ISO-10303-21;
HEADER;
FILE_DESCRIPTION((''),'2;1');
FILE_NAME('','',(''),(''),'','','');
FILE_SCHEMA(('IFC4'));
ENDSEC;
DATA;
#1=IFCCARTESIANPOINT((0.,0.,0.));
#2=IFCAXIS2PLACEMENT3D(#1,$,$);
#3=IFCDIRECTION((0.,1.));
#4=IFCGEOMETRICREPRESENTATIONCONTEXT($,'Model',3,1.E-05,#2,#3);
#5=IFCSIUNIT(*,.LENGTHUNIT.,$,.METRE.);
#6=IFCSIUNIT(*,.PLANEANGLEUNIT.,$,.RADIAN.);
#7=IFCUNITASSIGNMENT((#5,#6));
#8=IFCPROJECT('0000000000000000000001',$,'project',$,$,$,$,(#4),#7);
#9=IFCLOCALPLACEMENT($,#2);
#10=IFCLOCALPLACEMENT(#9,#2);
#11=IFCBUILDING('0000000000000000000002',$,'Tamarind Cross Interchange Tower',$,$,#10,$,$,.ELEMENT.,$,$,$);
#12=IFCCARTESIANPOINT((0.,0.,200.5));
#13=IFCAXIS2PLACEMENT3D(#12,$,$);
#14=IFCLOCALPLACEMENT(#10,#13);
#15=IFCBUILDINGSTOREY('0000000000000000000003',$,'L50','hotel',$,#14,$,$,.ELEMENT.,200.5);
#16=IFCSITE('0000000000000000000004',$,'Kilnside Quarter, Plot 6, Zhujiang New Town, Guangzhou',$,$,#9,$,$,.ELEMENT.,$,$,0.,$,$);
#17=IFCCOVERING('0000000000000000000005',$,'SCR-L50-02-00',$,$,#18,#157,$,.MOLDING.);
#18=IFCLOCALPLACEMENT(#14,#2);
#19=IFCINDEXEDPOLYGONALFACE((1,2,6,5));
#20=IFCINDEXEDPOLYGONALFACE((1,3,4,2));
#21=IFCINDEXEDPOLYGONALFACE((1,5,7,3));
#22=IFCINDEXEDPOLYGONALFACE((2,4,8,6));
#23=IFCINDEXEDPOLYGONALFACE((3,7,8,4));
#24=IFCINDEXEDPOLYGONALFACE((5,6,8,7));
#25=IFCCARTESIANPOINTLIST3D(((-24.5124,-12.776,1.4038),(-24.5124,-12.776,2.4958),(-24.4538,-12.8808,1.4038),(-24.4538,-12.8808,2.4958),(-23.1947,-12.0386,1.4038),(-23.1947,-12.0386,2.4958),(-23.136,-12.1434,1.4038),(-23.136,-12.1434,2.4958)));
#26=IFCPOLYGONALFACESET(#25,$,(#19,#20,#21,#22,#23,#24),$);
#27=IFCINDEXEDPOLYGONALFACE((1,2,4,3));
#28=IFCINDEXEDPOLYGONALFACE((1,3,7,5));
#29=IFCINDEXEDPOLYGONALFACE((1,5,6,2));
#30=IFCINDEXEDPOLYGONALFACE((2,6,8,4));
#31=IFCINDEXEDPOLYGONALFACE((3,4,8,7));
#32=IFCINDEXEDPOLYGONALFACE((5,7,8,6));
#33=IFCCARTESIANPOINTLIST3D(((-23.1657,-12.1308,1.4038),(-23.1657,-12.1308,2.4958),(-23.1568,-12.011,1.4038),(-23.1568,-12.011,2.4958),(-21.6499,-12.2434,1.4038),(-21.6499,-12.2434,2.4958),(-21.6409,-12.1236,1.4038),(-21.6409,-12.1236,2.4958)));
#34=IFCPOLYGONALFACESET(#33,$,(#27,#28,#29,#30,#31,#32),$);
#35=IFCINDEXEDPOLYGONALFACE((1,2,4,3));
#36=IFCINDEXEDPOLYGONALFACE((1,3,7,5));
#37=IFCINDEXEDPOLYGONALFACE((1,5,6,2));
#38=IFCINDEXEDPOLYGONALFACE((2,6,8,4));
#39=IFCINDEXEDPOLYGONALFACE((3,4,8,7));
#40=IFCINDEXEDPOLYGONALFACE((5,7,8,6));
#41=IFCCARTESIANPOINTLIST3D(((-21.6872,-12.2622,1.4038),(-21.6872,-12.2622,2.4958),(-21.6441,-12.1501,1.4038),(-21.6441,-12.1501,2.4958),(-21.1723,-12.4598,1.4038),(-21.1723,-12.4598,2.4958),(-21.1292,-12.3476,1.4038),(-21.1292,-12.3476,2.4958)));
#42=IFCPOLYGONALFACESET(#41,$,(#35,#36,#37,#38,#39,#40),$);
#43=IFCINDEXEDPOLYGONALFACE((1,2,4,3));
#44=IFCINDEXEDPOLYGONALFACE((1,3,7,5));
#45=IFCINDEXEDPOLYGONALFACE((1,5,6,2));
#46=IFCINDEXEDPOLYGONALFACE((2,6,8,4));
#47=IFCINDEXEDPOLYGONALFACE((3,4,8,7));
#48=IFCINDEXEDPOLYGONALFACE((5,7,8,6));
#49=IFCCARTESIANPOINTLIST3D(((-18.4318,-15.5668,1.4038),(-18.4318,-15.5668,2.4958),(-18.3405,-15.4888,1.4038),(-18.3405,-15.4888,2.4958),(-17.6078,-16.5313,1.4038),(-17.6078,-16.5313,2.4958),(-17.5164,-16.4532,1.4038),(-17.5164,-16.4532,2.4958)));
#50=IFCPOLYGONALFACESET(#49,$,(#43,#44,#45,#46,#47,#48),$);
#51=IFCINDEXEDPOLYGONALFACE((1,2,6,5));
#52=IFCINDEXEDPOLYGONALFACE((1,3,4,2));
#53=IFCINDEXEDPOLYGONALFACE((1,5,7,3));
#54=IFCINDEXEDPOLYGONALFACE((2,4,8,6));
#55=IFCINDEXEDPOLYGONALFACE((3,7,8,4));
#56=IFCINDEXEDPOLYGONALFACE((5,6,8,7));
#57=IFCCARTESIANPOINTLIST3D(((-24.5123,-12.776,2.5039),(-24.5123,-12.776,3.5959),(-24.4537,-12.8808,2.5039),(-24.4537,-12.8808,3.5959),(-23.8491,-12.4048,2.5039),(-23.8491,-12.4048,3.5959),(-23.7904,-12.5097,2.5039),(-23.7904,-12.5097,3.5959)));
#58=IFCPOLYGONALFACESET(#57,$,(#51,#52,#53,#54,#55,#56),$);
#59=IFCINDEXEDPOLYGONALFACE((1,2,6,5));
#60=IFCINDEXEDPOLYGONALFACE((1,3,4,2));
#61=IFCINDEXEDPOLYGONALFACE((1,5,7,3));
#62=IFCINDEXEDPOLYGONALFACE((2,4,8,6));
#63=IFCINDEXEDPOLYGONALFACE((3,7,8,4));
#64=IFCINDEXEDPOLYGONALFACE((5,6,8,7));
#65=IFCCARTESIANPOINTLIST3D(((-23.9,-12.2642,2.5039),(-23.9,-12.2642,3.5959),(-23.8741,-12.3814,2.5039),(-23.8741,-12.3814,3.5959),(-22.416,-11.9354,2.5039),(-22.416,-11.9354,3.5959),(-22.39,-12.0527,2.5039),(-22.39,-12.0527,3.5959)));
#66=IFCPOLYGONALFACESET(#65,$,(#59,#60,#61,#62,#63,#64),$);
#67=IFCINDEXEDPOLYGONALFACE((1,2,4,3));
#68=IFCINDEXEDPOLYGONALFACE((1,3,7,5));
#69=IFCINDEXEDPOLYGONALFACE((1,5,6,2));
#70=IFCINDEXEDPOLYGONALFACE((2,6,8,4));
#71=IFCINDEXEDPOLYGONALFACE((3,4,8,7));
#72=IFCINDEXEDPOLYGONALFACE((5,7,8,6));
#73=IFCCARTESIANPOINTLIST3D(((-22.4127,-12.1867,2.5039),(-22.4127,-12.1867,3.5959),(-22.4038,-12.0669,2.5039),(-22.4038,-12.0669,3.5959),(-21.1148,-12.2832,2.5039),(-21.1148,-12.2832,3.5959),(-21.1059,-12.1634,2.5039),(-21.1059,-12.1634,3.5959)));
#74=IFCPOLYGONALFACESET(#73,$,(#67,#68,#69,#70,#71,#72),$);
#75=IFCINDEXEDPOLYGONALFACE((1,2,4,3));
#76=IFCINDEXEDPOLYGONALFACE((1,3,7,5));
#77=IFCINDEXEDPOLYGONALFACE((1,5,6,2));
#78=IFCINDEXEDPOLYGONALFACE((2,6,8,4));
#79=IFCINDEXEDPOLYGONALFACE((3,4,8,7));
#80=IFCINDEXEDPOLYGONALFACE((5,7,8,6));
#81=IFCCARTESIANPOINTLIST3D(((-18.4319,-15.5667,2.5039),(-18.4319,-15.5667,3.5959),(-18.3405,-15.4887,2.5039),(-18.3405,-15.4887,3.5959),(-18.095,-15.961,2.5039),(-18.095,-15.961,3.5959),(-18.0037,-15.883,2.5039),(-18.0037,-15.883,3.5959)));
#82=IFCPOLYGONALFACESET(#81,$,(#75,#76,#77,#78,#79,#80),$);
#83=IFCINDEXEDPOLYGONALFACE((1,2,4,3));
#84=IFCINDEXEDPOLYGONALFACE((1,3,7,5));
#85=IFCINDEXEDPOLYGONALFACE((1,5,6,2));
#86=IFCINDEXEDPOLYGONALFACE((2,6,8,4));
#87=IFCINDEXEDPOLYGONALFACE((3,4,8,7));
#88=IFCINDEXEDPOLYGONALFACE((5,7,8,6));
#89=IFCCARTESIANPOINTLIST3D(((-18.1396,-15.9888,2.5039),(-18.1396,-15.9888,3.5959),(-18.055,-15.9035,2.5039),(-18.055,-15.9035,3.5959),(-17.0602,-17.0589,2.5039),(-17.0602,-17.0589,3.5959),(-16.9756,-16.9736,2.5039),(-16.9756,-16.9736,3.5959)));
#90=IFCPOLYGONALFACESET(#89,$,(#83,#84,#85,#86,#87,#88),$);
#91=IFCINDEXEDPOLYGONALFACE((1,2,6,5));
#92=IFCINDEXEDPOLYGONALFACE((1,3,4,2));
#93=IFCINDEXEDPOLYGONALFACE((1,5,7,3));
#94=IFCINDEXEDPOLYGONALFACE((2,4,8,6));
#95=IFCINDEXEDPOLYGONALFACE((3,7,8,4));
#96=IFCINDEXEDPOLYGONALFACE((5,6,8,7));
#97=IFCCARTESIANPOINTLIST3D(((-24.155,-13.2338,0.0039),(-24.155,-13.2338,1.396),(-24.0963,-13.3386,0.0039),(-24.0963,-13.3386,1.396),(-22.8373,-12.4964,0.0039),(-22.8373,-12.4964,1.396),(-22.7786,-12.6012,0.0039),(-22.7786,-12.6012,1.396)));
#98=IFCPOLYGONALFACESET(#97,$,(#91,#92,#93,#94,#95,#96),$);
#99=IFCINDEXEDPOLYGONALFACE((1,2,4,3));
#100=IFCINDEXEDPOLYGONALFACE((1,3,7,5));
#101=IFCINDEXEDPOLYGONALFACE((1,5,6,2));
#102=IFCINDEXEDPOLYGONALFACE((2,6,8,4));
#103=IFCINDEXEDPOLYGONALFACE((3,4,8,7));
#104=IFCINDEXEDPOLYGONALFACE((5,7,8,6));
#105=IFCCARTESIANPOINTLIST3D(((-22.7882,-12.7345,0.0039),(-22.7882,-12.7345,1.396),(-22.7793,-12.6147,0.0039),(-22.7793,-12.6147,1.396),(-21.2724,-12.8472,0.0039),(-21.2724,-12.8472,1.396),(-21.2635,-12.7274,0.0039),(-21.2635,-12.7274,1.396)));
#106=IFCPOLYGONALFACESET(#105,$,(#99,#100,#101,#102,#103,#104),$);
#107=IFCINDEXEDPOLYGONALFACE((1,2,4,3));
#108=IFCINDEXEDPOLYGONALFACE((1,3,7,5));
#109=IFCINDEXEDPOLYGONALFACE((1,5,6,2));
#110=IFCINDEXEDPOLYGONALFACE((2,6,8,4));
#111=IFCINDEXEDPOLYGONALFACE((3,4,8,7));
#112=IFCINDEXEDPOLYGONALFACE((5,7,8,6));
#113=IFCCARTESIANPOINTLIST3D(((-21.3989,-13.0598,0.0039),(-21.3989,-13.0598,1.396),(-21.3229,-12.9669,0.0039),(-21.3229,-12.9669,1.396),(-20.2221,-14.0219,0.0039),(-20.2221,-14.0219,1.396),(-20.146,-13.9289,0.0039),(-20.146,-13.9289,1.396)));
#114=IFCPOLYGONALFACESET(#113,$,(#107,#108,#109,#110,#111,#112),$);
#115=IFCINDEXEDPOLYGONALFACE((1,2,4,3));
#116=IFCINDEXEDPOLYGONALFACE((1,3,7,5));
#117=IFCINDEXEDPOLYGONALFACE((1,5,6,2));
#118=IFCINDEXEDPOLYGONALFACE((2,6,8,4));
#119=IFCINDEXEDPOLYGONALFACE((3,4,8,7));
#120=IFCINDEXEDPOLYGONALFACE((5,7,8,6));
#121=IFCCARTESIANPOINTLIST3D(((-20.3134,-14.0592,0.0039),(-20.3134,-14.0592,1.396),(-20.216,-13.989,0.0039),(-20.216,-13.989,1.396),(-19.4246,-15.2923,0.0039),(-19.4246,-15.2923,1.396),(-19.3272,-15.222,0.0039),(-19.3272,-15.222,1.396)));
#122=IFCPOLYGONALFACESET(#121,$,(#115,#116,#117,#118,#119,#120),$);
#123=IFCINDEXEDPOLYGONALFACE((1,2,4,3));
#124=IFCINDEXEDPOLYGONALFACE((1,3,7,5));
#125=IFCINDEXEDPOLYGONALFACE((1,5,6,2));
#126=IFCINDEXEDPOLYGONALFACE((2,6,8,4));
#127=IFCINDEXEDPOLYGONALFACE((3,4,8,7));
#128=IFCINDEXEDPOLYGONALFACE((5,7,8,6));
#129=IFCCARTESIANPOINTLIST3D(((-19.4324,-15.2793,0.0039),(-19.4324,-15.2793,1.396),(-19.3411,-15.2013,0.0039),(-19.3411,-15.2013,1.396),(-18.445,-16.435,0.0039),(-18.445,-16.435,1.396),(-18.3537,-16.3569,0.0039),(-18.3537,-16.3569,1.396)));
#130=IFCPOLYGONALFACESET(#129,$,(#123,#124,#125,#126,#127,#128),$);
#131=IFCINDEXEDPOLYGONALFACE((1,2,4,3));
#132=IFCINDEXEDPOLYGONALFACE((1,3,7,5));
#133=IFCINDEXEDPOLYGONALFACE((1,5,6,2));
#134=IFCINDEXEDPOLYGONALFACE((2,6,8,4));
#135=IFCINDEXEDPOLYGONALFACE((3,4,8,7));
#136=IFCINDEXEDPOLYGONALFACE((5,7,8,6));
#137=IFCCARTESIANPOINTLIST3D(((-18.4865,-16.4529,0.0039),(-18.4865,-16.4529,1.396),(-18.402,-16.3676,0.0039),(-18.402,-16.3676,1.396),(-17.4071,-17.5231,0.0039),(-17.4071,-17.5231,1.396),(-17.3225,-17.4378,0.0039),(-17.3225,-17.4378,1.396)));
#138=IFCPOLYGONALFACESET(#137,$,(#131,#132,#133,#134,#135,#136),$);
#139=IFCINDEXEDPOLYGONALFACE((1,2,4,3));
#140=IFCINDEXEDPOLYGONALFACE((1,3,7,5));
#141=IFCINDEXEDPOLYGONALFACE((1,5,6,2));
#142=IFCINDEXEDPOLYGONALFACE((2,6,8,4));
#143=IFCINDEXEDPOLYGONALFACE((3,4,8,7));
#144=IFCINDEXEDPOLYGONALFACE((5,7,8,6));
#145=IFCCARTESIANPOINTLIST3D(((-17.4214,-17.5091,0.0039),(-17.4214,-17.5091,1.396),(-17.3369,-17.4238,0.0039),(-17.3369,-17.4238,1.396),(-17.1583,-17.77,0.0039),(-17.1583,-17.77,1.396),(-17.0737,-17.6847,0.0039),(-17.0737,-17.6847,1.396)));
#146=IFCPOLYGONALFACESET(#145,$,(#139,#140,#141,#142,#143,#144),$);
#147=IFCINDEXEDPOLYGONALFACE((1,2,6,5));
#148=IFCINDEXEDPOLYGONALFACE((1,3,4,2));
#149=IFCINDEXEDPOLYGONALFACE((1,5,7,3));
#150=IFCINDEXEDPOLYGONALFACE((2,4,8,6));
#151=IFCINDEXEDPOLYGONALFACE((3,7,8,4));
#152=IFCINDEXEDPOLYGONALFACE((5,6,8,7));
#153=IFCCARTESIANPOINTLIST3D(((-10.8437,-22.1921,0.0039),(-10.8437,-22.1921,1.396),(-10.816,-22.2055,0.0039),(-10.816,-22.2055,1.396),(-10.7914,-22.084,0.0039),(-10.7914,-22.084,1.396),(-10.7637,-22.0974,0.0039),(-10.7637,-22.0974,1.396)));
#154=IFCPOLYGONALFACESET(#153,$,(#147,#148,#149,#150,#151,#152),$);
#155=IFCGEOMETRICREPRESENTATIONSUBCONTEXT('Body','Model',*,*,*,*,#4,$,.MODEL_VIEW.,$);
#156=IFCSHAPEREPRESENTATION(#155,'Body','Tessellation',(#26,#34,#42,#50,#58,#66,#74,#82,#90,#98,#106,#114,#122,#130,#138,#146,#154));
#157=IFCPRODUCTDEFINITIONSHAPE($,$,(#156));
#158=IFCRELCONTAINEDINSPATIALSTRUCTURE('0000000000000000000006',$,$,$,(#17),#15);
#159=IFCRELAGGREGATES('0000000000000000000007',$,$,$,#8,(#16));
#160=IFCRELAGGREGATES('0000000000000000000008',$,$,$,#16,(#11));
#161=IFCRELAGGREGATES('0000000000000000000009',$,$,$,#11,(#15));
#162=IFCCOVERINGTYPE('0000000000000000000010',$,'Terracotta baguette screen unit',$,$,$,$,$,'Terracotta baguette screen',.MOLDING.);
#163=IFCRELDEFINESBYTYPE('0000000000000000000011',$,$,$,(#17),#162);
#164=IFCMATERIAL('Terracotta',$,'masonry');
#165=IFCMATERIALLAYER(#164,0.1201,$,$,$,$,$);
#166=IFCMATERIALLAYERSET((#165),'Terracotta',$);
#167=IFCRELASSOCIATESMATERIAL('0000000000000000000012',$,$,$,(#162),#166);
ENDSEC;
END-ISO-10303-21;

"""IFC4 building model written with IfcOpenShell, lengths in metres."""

from ifc_helpers import new_model, si_unit, direction, frame, origin, origin_2d, place, context, subcontext, project, spatial, rectangle, extrude, material, layer, layer_set, type_object, element, save


model = new_model("IFC4")

# Units and contexts
model_context = context("Model", 3, precision=1e-05, world=origin(), true_north=direction((0.0, 1.0)))
body_context = subcontext(model_context, "Body", "Model", "MODEL_VIEW")
ifc_project = project(units=[si_unit("LENGTHUNIT", "METRE"), si_unit("PLANEANGLEUNIT", "RADIAN")], contexts=[model_context])

# Site, building, storey
site_placement = place(None, origin())
site = spatial("IfcSite", under=ifc_project, at=site_placement, Name="Kilnside Quarter, Plot 6, Zhujiang New Town, Guangzhou", CompositionType="ELEMENT", RefElevation=0.0)
building_placement = place(site_placement, origin())
building = spatial("IfcBuilding", under=site, at=building_placement, Name="Tamarind Cross Interchange Tower", CompositionType="ELEMENT")
storey_placement = place(building_placement, frame((0.0, 0.0, 200.5)))
storey = spatial("IfcBuildingStorey", under=building, at=storey_placement, Name="L50", Description="hotel", CompositionType="ELEMENT", Elevation=200.5)

# Covering
ifc_material_1 = material(Name="Terracotta", Category="masonry")
ifc_layer_1 = layer(ifc_material_1, 0.1201)
ifc_layer_set_1 = layer_set([ifc_layer_1], Name="Terracotta")
covering_type = type_object("IfcCoveringType", Name="Terracotta baguette screen unit", ElementType="Terracotta baguette screen", PredefinedType="MOLDING", material=ifc_layer_set_1)
covering_1_placement = place(storey_placement, origin())
element("IfcCovering", 1, at=covering_1_placement, inside=storey, type_object=covering_type, Name="SCR-L50-02-00", PredefinedType="MOLDING", context=body_context, shape_type="SweptSolid", body=[
    extrude(rectangle(XDim=1.51, YDim=0.1201, at=origin_2d()), frame((-23.8242, -12.4597, 1.4038), z_axis=(0.0, 0.0, 1.0), x_axis=(0.872663, 0.488323, 0.0)), (0.0, 0.0, 1.0), 1.092),
    extrude(rectangle(XDim=1.52, YDim=0.1201, at=origin_2d()), frame((-22.4033, -12.1272, 1.4038), z_axis=(0.0, 0.0, 1.0), x_axis=(0.997249, -0.07413, 0.0)), (0.0, 0.0, 1.0), 1.092),
    extrude(rectangle(XDim=0.5515, YDim=0.1201, at=origin_2d()), frame((-21.4082, -12.3049, 1.4038), z_axis=(0.0, 0.0, 1.0), x_axis=(0.93363, -0.358239, 0.0)), (0.0, 0.0, 1.0), 1.092),
    extrude(rectangle(XDim=1.2686, YDim=0.1201, at=origin_2d()), frame((-17.9741, -16.01, 1.4038), z_axis=(0.0, 0.0, 1.0), x_axis=(0.649577, -0.760296, 0.0)), (0.0, 0.0, 1.0), 1.092),
    extrude(rectangle(XDim=0.76, YDim=0.1201, at=origin_2d()), frame((-24.1514, -12.6428, 2.5039), z_axis=(0.0, 0.0, 1.0), x_axis=(0.872663, 0.488323, 0.0)), (0.0, 0.0, 1.0), 1.092),
    extrude(rectangle(XDim=1.52, YDim=0.1201, at=origin_2d()), frame((-23.145, -12.1584, 2.5039), z_axis=(0.0, 0.0, 1.0), x_axis=(0.976335, 0.216262, 0.0)), (0.0, 0.0, 1.0), 1.092),
    extrude(rectangle(XDim=1.3015, YDim=0.1201, at=origin_2d()), frame((-21.7593, -12.175, 2.5039), z_axis=(0.0, 0.0, 1.0), x_axis=(0.997249, -0.07413, 0.0)), (0.0, 0.0, 1.0), 1.092),
    extrude(rectangle(XDim=0.5186, YDim=0.1201, at=origin_2d()), frame((-18.2178, -15.7249, 2.5039), z_axis=(0.0, 0.0, 1.0), x_axis=(0.649577, -0.760296, 0.0)), (0.0, 0.0, 1.0), 1.092),
    extrude(rectangle(XDim=1.52, YDim=0.1201, at=origin_2d()), frame((-17.5576, -16.4812, 2.5039), z_axis=(0.0, 0.0, 1.0), x_axis=(0.710143, -0.704057, 0.0)), (0.0, 0.0, 1.0), 1.092),
    extrude(rectangle(XDim=1.51, YDim=0.1201, at=origin_2d()), frame((-23.4668, -12.9175, 0.0039), z_axis=(0.0, 0.0, 1.0), x_axis=(0.872663, 0.488323, 0.0)), (0.0, 0.0, 1.0), 1.3921),
    extrude(rectangle(XDim=1.52, YDim=0.1201, at=origin_2d()), frame((-22.0259, -12.731, 0.0039), z_axis=(0.0, 0.0, 1.0), x_axis=(0.997249, -0.07413, 0.0)), (0.0, 0.0, 1.0), 1.3921),
    extrude(rectangle(XDim=1.52, YDim=0.1201, at=origin_2d()), frame((-20.7725, -13.4944, 0.0039), z_axis=(0.0, 0.0, 1.0), x_axis=(0.774206, -0.632934, 0.0)), (0.0, 0.0, 1.0), 1.3921),
    extrude(rectangle(XDim=1.52, YDim=0.1201, at=origin_2d()), frame((-19.8203, -14.6406, 0.0039), z_axis=(0.0, 0.0, 1.0), x_axis=(0.584745, -0.811217, 0.0)), (0.0, 0.0, 1.0), 1.3921),
    extrude(rectangle(XDim=1.52, YDim=0.1201, at=origin_2d()), frame((-18.8931, -15.8181, 0.0039), z_axis=(0.0, 0.0, 1.0), x_axis=(0.649577, -0.760296, 0.0)), (0.0, 0.0, 1.0), 1.3921),
    extrude(rectangle(XDim=1.52, YDim=0.1201, at=origin_2d()), frame((-17.9045, -16.9453, 0.0039), z_axis=(0.0, 0.0, 1.0), x_axis=(0.710143, -0.704057, 0.0)), (0.0, 0.0, 1.0), 1.3921),
    extrude(rectangle(XDim=0.3706, YDim=0.1201, at=origin_2d()), frame((-17.2476, -17.5969, 0.0039), z_axis=(0.0, 0.0, 1.0), x_axis=(0.710143, -0.704057, 0.0)), (0.0, 0.0, 1.0), 1.3921),
    extrude(rectangle(XDim=0.0308, YDim=0.1201, at=origin_2d()), frame((-10.8037, -22.1448, 0.0039), z_axis=(0.0, 0.0, 1.0), x_axis=(0.900273, -0.435326, 0.0)), (0.0, 0.0, 1.0), 1.3921),
])

save(model, "model.ifc")
